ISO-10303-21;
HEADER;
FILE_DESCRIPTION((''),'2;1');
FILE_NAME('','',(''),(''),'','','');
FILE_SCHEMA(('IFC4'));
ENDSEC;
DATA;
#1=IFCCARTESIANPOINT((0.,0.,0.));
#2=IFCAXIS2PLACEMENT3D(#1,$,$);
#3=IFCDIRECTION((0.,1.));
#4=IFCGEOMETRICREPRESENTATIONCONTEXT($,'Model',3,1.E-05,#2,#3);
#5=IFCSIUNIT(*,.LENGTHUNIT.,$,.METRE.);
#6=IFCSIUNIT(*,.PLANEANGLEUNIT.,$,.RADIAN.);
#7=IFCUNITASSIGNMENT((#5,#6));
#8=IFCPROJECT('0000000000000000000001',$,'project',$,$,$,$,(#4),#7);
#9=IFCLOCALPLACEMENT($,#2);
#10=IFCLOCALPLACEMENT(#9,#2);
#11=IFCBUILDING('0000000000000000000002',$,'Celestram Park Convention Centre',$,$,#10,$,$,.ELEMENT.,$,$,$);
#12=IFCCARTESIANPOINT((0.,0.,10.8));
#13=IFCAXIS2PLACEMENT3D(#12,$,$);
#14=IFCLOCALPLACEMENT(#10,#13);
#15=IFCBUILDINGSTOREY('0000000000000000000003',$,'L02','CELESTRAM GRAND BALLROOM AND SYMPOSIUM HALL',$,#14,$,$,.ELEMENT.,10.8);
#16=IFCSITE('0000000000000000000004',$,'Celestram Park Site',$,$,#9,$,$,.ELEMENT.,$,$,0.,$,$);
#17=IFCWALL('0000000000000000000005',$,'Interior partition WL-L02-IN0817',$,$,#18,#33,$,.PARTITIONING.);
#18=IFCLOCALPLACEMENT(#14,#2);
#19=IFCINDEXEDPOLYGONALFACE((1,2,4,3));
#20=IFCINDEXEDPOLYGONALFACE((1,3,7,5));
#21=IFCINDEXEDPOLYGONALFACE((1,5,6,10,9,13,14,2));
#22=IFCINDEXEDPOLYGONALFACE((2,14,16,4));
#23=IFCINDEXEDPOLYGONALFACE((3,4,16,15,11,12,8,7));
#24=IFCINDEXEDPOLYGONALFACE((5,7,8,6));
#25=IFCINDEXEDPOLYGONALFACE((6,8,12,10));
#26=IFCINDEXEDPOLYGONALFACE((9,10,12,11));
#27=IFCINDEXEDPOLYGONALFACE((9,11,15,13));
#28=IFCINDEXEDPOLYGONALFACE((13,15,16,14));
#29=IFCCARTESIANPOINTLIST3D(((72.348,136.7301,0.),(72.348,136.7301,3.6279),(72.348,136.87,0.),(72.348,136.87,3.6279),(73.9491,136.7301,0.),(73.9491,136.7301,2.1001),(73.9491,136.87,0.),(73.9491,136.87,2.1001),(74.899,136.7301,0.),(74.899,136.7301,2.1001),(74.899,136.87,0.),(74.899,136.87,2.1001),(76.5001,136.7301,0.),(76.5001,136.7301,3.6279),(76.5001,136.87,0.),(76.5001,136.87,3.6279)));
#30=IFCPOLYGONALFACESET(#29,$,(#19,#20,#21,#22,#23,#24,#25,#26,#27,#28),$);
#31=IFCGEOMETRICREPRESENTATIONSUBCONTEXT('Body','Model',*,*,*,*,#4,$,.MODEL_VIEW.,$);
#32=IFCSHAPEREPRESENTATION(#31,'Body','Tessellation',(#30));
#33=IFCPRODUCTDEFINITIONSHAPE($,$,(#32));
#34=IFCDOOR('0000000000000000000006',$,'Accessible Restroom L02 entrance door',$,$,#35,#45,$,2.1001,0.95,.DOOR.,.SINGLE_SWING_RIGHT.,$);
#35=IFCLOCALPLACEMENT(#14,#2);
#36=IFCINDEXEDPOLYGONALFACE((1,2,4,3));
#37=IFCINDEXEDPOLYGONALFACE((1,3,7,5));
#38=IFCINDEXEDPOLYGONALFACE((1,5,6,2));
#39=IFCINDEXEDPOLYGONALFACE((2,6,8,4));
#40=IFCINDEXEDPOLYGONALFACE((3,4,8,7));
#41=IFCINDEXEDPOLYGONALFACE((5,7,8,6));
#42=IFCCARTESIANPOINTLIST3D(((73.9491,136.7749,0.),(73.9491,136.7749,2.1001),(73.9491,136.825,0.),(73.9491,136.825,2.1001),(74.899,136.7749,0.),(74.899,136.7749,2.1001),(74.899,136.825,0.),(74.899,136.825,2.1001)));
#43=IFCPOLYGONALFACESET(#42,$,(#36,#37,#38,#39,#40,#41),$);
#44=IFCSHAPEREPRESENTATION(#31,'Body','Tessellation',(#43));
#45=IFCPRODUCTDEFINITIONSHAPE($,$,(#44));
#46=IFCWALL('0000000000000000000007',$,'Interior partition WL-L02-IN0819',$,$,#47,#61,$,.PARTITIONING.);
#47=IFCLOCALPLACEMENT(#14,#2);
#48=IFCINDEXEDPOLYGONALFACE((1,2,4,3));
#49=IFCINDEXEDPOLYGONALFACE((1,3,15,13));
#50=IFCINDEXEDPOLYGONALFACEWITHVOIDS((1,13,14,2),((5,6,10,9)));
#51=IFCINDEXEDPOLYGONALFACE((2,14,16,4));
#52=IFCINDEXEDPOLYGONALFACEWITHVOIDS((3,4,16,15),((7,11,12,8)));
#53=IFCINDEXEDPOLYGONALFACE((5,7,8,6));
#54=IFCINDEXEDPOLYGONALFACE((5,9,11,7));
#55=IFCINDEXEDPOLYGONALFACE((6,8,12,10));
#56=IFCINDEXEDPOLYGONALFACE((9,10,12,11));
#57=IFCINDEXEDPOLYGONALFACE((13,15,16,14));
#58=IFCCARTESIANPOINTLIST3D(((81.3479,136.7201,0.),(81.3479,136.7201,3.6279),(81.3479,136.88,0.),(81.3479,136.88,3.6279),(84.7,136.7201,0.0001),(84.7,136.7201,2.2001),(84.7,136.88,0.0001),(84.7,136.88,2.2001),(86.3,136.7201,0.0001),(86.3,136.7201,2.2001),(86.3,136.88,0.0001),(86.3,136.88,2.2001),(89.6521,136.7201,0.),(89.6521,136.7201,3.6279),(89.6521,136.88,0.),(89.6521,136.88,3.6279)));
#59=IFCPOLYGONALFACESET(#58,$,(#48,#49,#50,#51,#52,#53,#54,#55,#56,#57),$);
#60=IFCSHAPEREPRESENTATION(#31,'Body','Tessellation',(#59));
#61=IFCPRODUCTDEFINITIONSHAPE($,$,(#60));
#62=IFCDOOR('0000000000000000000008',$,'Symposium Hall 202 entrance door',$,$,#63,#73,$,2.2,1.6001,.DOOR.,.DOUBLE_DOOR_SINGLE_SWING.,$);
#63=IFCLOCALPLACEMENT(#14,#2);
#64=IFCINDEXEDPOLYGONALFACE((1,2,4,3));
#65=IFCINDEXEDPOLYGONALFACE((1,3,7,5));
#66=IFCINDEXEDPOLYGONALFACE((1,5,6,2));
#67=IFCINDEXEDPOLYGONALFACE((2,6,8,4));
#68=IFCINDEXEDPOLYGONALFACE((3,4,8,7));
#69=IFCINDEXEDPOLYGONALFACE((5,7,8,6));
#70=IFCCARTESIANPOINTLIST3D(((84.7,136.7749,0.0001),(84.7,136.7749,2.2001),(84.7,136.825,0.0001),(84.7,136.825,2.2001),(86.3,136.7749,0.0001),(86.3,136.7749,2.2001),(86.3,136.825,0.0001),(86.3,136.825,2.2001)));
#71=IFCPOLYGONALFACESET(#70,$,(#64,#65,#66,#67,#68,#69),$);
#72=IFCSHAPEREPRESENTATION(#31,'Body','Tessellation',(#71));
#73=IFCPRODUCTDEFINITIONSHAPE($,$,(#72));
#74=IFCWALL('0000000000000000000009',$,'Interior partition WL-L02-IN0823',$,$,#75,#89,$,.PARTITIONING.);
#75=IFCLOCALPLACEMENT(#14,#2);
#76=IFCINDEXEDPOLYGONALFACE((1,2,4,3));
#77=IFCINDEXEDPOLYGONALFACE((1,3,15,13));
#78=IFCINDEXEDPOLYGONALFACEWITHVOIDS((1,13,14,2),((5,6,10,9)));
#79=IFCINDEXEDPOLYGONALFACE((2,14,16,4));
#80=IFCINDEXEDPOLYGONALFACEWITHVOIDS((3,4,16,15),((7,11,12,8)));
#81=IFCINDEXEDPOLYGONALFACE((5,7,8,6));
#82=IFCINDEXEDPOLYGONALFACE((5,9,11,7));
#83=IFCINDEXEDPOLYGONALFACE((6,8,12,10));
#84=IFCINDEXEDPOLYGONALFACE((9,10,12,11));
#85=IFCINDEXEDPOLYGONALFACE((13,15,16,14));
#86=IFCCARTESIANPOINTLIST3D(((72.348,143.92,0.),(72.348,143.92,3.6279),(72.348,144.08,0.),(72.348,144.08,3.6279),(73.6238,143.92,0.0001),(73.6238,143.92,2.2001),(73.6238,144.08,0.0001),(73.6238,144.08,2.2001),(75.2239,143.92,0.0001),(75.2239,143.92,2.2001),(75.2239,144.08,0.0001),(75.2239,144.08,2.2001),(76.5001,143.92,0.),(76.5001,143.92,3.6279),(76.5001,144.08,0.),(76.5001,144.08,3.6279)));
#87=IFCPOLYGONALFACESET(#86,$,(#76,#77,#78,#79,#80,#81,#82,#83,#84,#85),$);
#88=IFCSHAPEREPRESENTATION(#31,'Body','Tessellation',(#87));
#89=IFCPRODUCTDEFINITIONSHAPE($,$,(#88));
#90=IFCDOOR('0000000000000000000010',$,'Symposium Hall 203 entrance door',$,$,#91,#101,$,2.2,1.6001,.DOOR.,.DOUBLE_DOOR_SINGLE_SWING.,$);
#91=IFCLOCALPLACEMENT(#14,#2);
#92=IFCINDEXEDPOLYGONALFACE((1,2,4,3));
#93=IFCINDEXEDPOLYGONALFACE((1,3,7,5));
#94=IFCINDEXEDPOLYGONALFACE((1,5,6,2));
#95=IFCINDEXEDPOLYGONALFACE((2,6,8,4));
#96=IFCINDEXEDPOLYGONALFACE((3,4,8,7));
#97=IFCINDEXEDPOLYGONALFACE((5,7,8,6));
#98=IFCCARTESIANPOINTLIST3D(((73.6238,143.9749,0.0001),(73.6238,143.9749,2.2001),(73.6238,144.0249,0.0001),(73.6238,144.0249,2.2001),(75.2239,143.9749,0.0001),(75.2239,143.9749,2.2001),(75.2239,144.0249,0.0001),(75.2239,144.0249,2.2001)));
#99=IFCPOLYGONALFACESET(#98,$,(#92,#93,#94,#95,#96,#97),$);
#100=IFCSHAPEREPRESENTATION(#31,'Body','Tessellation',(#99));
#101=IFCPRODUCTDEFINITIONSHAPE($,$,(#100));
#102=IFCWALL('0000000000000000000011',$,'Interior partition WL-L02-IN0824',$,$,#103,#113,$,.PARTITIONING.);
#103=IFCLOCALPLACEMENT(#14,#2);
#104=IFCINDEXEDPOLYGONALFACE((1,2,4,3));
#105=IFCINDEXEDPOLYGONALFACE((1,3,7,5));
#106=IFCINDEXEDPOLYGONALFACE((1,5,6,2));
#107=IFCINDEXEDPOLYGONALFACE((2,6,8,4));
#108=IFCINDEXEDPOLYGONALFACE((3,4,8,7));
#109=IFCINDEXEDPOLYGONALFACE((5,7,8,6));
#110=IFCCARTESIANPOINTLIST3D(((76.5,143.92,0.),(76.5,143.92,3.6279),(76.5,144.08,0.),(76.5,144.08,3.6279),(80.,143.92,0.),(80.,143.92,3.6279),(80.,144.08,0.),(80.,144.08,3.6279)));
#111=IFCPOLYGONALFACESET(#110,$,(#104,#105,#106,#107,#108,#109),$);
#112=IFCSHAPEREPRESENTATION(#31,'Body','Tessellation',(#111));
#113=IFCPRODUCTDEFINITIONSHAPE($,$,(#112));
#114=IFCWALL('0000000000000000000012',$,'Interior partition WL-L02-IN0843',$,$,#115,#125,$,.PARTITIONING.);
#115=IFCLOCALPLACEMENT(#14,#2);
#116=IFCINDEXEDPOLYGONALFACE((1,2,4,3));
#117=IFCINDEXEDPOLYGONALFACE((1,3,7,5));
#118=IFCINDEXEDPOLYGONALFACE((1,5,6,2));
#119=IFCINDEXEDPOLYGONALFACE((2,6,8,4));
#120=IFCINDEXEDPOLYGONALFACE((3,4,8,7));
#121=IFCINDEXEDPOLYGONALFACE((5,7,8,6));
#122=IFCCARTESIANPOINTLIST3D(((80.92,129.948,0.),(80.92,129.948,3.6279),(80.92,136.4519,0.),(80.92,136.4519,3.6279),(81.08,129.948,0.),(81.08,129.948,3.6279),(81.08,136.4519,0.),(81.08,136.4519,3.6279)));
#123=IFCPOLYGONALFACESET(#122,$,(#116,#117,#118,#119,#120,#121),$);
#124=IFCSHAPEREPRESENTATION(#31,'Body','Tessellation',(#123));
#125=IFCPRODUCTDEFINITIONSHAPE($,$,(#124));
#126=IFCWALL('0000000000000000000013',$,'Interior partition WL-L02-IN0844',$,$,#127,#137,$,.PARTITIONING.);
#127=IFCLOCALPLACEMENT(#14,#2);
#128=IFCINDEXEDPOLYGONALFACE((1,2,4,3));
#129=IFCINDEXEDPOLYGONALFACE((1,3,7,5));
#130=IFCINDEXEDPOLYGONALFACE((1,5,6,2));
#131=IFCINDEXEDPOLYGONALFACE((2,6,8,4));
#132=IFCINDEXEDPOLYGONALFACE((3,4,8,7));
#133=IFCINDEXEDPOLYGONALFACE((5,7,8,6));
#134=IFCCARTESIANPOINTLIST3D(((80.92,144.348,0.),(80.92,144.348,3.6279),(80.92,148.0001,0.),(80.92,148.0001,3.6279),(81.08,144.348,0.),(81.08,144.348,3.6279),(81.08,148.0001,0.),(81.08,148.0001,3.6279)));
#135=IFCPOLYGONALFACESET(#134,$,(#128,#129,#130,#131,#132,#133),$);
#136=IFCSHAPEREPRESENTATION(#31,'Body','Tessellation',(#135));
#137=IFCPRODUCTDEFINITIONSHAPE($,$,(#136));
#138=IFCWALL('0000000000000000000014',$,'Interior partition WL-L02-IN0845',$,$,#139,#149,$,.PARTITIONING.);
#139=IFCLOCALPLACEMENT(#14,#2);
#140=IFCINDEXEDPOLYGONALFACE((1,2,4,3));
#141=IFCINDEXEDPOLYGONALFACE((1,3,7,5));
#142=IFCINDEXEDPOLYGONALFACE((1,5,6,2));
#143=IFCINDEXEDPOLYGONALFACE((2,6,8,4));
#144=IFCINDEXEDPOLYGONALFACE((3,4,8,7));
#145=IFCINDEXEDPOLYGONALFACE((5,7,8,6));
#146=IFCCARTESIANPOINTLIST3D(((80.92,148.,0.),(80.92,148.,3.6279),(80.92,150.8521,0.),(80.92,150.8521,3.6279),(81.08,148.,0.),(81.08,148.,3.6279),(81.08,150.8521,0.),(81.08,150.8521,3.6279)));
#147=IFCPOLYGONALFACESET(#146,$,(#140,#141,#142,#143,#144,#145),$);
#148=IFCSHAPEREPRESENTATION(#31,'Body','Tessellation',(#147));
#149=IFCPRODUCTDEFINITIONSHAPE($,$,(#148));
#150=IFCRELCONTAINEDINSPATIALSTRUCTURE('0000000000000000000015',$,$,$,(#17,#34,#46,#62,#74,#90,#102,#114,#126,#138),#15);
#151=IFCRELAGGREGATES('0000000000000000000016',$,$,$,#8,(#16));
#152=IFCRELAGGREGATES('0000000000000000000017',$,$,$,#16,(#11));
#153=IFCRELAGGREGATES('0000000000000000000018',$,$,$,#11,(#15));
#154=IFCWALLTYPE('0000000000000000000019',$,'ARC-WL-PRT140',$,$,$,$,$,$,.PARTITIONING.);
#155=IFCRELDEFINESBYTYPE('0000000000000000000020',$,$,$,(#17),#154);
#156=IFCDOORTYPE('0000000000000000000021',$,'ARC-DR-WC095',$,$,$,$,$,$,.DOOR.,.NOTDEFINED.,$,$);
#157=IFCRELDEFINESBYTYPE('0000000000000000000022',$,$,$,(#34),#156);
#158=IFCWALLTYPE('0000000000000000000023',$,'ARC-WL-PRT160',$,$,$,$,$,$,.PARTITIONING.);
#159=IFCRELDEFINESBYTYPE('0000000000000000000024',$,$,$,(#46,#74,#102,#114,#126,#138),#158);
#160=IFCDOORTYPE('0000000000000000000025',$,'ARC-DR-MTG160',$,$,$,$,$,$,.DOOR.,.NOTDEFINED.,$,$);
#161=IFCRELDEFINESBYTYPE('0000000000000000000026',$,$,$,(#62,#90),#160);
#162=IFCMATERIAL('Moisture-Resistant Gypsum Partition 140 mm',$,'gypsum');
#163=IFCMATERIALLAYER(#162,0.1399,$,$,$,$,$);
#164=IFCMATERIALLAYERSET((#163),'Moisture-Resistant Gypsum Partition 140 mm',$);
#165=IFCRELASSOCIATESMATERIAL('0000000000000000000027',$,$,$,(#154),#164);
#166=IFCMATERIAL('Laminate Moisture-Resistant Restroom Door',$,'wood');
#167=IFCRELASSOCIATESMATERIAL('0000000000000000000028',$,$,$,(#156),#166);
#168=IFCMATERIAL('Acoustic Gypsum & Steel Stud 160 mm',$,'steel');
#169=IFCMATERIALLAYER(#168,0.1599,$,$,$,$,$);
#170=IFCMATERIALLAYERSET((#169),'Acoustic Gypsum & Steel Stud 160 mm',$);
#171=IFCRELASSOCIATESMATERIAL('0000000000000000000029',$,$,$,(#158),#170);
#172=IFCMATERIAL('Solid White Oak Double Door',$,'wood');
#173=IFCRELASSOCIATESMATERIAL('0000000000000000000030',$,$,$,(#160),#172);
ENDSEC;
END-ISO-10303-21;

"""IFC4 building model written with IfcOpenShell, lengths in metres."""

from ifc_helpers import new_model, si_unit, direction, frame, frame_2d, origin, place, context, subcontext, project, spatial, rectangle, extrude, material, layer, layer_set, type_object, element, fill, save


model = new_model("IFC4")

# Units and contexts
model_context = context("Model", 3, precision=1e-05, world=origin(), true_north=direction((0.0, 1.0)))
body_context = subcontext(model_context, "Body", "Model", "MODEL_VIEW")
ifc_project = project(units=[si_unit("LENGTHUNIT", "METRE"), si_unit("PLANEANGLEUNIT", "RADIAN")], contexts=[model_context])

# Site, building, storey
site_placement = place(None, origin())
site = spatial("IfcSite", under=ifc_project, at=site_placement, Name="Celestram Park Site", CompositionType="ELEMENT", RefElevation=0.0)
building_placement = place(site_placement, origin())
building = spatial("IfcBuilding", under=site, at=building_placement, Name="Celestram Park Convention Centre", CompositionType="ELEMENT")
storey_placement = place(building_placement, frame((0.0, 0.0, 10.8)))
storey = spatial("IfcBuildingStorey", under=building, at=storey_placement, Name="L02", Description="CELESTRAM GRAND BALLROOM AND SYMPOSIUM HALL", CompositionType="ELEMENT", Elevation=10.8)

# Walls, openings, doors
ifc_material_1 = material(Name="Moisture-Resistant Gypsum Partition 140 mm", Category="gypsum")
ifc_layer_1 = layer(ifc_material_1, 0.1399)
ifc_layer_set_1 = layer_set([ifc_layer_1], Name="Moisture-Resistant Gypsum Partition 140 mm")
wall_type_1 = type_object("IfcWallType", Name="ARC-WL-PRT140", PredefinedType="PARTITIONING", material=ifc_layer_set_1)
wall_1_placement = place(storey_placement, frame((72.3479, 136.8, 0.0), z_axis=(0.0, 0.0, 1.0), x_axis=(1.0, 0.0, 0.0)))
wall_1 = element("IfcWall", 1, at=wall_1_placement, inside=storey, type_object=wall_type_1, Name="Interior partition WL-L02-IN0817", PredefinedType="PARTITIONING", context=body_context, shape_type="SweptSolid", body=[
    extrude(rectangle(XDim=4.1521, YDim=0.1399, at=frame_2d((2.0762, 0.0))), origin(), (0.0, 0.0, 1.0), 3.6279),
])
opening_1_placement = place(wall_1_placement, frame((1.6011, 0.0, 0.0)))
opening_1 = element("IfcOpeningElement", 2, at=opening_1_placement, cuts=wall_1, PredefinedType="OPENING", context=body_context, shape_type="SweptSolid", body=[
    extrude(rectangle(XDim=0.95, YDim=2.1001, at=frame_2d((0.4751, 1.05))), frame((0.0, 0.0798, 0.0), z_axis=(0.0, -1.0, 0.0), x_axis=(1.0, 0.0, 0.0)), (0.0, 0.0, 1.0), 0.1599),
])
ifc_material_2 = material(Name="Laminate Moisture-Resistant Restroom Door", Category="wood")
door_type_1 = type_object("IfcDoorType", Name="ARC-DR-WC095", OperationType="NOTDEFINED", PredefinedType="DOOR", material=ifc_material_2)
door_1_placement = place(opening_1_placement, origin())
door_1 = element("IfcDoor", 3, at=door_1_placement, inside=storey, type_object=door_type_1, Name="Accessible Restroom L02 entrance door", OperationType="SINGLE_SWING_RIGHT", OverallHeight=2.1001, OverallWidth=0.95, PredefinedType="DOOR", context=body_context, shape_type="SweptSolid", body=[
    extrude(rectangle(XDim=0.95, YDim=2.1001, at=frame_2d((0.4751, 1.05))), frame((0.0, 0.0249, 0.0), z_axis=(0.0, -1.0, 0.0), x_axis=(1.0, 0.0, 0.0)), (0.0, 0.0, 1.0), 0.05),
])
fill(opening_1, door_1)
ifc_material_3 = material(Name="Acoustic Gypsum & Steel Stud 160 mm", Category="steel")
ifc_layer_2 = layer(ifc_material_3, 0.1599)
ifc_layer_set_2 = layer_set([ifc_layer_2], Name="Acoustic Gypsum & Steel Stud 160 mm")
wall_type_2 = type_object("IfcWallType", Name="ARC-WL-PRT160", PredefinedType="PARTITIONING", material=ifc_layer_set_2)
wall_2_placement = place(storey_placement, frame((81.3479, 136.8, 0.0), z_axis=(0.0, 0.0, 1.0), x_axis=(1.0, 0.0, 0.0)))
wall_2 = element("IfcWall", 4, at=wall_2_placement, inside=storey, type_object=wall_type_2, Name="Interior partition WL-L02-IN0819", PredefinedType="PARTITIONING", context=body_context, shape_type="SweptSolid", body=[
    extrude(rectangle(XDim=8.3042, YDim=0.1599, at=frame_2d((4.1521, 0.0))), origin(), (0.0, 0.0, 1.0), 3.6279),
])
opening_2_placement = place(wall_2_placement, frame((3.3521, 0.0, 0.0)))
opening_2 = element("IfcOpeningElement", 5, at=opening_2_placement, cuts=wall_2, PredefinedType="OPENING", context=body_context, shape_type="SweptSolid", body=[
    extrude(rectangle(XDim=1.6001, YDim=2.2, at=frame_2d((0.8, 1.1001))), frame((0.0, 0.0898, 0.0), z_axis=(0.0, -1.0, 0.0), x_axis=(1.0, 0.0, 0.0)), (0.0, 0.0, 1.0), 0.1799),
])
ifc_material_4 = material(Name="Solid White Oak Double Door", Category="wood")
door_type_2 = type_object("IfcDoorType", Name="ARC-DR-MTG160", OperationType="NOTDEFINED", PredefinedType="DOOR", material=ifc_material_4)
door_2_placement = place(opening_2_placement, origin())
door_2 = element("IfcDoor", 6, at=door_2_placement, inside=storey, type_object=door_type_2, Name="Symposium Hall 202 entrance door", OperationType="DOUBLE_DOOR_SINGLE_SWING", OverallHeight=2.2, OverallWidth=1.6001, PredefinedType="DOOR", context=body_context, shape_type="SweptSolid", body=[
    extrude(rectangle(XDim=1.6001, YDim=2.2, at=frame_2d((0.8, 1.1001))), frame((0.0, 0.0249, 0.0), z_axis=(0.0, -1.0, 0.0), x_axis=(1.0, 0.0, 0.0)), (0.0, 0.0, 1.0), 0.05),
])
fill(opening_2, door_2)
wall_3_placement = place(storey_placement, frame((72.3479, 144.0, 0.0), z_axis=(0.0, 0.0, 1.0), x_axis=(1.0, 0.0, 0.0)))
wall_3 = element("IfcWall", 7, at=wall_3_placement, inside=storey, type_object=wall_type_2, Name="Interior partition WL-L02-IN0823", PredefinedType="PARTITIONING", context=body_context, shape_type="SweptSolid", body=[
    extrude(rectangle(XDim=4.1521, YDim=0.1599, at=frame_2d((2.0762, 0.0))), origin(), (0.0, 0.0, 1.0), 3.6279),
])
opening_3_placement = place(wall_3_placement, frame((1.2759, 0.0, 0.0)))
opening_3 = element("IfcOpeningElement", 8, at=opening_3_placement, cuts=wall_3, PredefinedType="OPENING", context=body_context, shape_type="SweptSolid", body=[
    extrude(rectangle(XDim=1.6001, YDim=2.2, at=frame_2d((0.8, 1.1001))), frame((0.0, 0.0898, 0.0), z_axis=(0.0, -1.0, 0.0), x_axis=(1.0, 0.0, 0.0)), (0.0, 0.0, 1.0), 0.1799),
])
door_3_placement = place(opening_3_placement, origin())
door_3 = element("IfcDoor", 9, at=door_3_placement, inside=storey, type_object=door_type_2, Name="Symposium Hall 203 entrance door", OperationType="DOUBLE_DOOR_SINGLE_SWING", OverallHeight=2.2, OverallWidth=1.6001, PredefinedType="DOOR", context=body_context, shape_type="SweptSolid", body=[
    extrude(rectangle(XDim=1.6001, YDim=2.2, at=frame_2d((0.8, 1.1001))), frame((0.0, 0.0249, 0.0), z_axis=(0.0, -1.0, 0.0), x_axis=(1.0, 0.0, 0.0)), (0.0, 0.0, 1.0), 0.05),
])
fill(opening_3, door_3)

# Walls
wall_4_placement = place(storey_placement, frame((76.5, 144.0, 0.0), z_axis=(0.0, 0.0, 1.0), x_axis=(1.0, 0.0, 0.0)))
element("IfcWall", 10, at=wall_4_placement, inside=storey, type_object=wall_type_2, Name="Interior partition WL-L02-IN0824", PredefinedType="PARTITIONING", context=body_context, shape_type="SweptSolid", body=[
    extrude(rectangle(XDim=3.5, YDim=0.1599, at=frame_2d((1.75, 0.0))), origin(), (0.0, 0.0, 1.0), 3.6279),
])
wall_5_placement = place(storey_placement, frame((81.0, 129.948, 0.0), z_axis=(0.0, 0.0, 1.0), x_axis=(0.0, 1.0, 0.0)))
element("IfcWall", 11, at=wall_5_placement, inside=storey, type_object=wall_type_2, Name="Interior partition WL-L02-IN0843", PredefinedType="PARTITIONING", context=body_context, shape_type="SweptSolid", body=[
    extrude(rectangle(XDim=6.5039, YDim=0.1599, at=frame_2d((3.252, 0.0))), origin(), (0.0, 0.0, 1.0), 3.6279),
])
wall_6_placement = place(storey_placement, frame((81.0, 144.3479, 0.0), z_axis=(0.0, 0.0, 1.0), x_axis=(0.0, 1.0, 0.0)))
element("IfcWall", 12, at=wall_6_placement, inside=storey, type_object=wall_type_2, Name="Interior partition WL-L02-IN0844", PredefinedType="PARTITIONING", context=body_context, shape_type="SweptSolid", body=[
    extrude(rectangle(XDim=3.6521, YDim=0.1599, at=frame_2d((1.8262, 0.0))), origin(), (0.0, 0.0, 1.0), 3.6279),
])
wall_7_placement = place(storey_placement, frame((81.0, 148.0, 0.0), z_axis=(0.0, 0.0, 1.0), x_axis=(0.0, 1.0, 0.0)))
element("IfcWall", 13, at=wall_7_placement, inside=storey, type_object=wall_type_2, Name="Interior partition WL-L02-IN0845", PredefinedType="PARTITIONING", context=body_context, shape_type="SweptSolid", body=[
    extrude(rectangle(XDim=2.8521, YDim=0.1599, at=frame_2d((1.426, 0.0))), origin(), (0.0, 0.0, 1.0), 3.6279),
])

save(model, "model.ifc")
